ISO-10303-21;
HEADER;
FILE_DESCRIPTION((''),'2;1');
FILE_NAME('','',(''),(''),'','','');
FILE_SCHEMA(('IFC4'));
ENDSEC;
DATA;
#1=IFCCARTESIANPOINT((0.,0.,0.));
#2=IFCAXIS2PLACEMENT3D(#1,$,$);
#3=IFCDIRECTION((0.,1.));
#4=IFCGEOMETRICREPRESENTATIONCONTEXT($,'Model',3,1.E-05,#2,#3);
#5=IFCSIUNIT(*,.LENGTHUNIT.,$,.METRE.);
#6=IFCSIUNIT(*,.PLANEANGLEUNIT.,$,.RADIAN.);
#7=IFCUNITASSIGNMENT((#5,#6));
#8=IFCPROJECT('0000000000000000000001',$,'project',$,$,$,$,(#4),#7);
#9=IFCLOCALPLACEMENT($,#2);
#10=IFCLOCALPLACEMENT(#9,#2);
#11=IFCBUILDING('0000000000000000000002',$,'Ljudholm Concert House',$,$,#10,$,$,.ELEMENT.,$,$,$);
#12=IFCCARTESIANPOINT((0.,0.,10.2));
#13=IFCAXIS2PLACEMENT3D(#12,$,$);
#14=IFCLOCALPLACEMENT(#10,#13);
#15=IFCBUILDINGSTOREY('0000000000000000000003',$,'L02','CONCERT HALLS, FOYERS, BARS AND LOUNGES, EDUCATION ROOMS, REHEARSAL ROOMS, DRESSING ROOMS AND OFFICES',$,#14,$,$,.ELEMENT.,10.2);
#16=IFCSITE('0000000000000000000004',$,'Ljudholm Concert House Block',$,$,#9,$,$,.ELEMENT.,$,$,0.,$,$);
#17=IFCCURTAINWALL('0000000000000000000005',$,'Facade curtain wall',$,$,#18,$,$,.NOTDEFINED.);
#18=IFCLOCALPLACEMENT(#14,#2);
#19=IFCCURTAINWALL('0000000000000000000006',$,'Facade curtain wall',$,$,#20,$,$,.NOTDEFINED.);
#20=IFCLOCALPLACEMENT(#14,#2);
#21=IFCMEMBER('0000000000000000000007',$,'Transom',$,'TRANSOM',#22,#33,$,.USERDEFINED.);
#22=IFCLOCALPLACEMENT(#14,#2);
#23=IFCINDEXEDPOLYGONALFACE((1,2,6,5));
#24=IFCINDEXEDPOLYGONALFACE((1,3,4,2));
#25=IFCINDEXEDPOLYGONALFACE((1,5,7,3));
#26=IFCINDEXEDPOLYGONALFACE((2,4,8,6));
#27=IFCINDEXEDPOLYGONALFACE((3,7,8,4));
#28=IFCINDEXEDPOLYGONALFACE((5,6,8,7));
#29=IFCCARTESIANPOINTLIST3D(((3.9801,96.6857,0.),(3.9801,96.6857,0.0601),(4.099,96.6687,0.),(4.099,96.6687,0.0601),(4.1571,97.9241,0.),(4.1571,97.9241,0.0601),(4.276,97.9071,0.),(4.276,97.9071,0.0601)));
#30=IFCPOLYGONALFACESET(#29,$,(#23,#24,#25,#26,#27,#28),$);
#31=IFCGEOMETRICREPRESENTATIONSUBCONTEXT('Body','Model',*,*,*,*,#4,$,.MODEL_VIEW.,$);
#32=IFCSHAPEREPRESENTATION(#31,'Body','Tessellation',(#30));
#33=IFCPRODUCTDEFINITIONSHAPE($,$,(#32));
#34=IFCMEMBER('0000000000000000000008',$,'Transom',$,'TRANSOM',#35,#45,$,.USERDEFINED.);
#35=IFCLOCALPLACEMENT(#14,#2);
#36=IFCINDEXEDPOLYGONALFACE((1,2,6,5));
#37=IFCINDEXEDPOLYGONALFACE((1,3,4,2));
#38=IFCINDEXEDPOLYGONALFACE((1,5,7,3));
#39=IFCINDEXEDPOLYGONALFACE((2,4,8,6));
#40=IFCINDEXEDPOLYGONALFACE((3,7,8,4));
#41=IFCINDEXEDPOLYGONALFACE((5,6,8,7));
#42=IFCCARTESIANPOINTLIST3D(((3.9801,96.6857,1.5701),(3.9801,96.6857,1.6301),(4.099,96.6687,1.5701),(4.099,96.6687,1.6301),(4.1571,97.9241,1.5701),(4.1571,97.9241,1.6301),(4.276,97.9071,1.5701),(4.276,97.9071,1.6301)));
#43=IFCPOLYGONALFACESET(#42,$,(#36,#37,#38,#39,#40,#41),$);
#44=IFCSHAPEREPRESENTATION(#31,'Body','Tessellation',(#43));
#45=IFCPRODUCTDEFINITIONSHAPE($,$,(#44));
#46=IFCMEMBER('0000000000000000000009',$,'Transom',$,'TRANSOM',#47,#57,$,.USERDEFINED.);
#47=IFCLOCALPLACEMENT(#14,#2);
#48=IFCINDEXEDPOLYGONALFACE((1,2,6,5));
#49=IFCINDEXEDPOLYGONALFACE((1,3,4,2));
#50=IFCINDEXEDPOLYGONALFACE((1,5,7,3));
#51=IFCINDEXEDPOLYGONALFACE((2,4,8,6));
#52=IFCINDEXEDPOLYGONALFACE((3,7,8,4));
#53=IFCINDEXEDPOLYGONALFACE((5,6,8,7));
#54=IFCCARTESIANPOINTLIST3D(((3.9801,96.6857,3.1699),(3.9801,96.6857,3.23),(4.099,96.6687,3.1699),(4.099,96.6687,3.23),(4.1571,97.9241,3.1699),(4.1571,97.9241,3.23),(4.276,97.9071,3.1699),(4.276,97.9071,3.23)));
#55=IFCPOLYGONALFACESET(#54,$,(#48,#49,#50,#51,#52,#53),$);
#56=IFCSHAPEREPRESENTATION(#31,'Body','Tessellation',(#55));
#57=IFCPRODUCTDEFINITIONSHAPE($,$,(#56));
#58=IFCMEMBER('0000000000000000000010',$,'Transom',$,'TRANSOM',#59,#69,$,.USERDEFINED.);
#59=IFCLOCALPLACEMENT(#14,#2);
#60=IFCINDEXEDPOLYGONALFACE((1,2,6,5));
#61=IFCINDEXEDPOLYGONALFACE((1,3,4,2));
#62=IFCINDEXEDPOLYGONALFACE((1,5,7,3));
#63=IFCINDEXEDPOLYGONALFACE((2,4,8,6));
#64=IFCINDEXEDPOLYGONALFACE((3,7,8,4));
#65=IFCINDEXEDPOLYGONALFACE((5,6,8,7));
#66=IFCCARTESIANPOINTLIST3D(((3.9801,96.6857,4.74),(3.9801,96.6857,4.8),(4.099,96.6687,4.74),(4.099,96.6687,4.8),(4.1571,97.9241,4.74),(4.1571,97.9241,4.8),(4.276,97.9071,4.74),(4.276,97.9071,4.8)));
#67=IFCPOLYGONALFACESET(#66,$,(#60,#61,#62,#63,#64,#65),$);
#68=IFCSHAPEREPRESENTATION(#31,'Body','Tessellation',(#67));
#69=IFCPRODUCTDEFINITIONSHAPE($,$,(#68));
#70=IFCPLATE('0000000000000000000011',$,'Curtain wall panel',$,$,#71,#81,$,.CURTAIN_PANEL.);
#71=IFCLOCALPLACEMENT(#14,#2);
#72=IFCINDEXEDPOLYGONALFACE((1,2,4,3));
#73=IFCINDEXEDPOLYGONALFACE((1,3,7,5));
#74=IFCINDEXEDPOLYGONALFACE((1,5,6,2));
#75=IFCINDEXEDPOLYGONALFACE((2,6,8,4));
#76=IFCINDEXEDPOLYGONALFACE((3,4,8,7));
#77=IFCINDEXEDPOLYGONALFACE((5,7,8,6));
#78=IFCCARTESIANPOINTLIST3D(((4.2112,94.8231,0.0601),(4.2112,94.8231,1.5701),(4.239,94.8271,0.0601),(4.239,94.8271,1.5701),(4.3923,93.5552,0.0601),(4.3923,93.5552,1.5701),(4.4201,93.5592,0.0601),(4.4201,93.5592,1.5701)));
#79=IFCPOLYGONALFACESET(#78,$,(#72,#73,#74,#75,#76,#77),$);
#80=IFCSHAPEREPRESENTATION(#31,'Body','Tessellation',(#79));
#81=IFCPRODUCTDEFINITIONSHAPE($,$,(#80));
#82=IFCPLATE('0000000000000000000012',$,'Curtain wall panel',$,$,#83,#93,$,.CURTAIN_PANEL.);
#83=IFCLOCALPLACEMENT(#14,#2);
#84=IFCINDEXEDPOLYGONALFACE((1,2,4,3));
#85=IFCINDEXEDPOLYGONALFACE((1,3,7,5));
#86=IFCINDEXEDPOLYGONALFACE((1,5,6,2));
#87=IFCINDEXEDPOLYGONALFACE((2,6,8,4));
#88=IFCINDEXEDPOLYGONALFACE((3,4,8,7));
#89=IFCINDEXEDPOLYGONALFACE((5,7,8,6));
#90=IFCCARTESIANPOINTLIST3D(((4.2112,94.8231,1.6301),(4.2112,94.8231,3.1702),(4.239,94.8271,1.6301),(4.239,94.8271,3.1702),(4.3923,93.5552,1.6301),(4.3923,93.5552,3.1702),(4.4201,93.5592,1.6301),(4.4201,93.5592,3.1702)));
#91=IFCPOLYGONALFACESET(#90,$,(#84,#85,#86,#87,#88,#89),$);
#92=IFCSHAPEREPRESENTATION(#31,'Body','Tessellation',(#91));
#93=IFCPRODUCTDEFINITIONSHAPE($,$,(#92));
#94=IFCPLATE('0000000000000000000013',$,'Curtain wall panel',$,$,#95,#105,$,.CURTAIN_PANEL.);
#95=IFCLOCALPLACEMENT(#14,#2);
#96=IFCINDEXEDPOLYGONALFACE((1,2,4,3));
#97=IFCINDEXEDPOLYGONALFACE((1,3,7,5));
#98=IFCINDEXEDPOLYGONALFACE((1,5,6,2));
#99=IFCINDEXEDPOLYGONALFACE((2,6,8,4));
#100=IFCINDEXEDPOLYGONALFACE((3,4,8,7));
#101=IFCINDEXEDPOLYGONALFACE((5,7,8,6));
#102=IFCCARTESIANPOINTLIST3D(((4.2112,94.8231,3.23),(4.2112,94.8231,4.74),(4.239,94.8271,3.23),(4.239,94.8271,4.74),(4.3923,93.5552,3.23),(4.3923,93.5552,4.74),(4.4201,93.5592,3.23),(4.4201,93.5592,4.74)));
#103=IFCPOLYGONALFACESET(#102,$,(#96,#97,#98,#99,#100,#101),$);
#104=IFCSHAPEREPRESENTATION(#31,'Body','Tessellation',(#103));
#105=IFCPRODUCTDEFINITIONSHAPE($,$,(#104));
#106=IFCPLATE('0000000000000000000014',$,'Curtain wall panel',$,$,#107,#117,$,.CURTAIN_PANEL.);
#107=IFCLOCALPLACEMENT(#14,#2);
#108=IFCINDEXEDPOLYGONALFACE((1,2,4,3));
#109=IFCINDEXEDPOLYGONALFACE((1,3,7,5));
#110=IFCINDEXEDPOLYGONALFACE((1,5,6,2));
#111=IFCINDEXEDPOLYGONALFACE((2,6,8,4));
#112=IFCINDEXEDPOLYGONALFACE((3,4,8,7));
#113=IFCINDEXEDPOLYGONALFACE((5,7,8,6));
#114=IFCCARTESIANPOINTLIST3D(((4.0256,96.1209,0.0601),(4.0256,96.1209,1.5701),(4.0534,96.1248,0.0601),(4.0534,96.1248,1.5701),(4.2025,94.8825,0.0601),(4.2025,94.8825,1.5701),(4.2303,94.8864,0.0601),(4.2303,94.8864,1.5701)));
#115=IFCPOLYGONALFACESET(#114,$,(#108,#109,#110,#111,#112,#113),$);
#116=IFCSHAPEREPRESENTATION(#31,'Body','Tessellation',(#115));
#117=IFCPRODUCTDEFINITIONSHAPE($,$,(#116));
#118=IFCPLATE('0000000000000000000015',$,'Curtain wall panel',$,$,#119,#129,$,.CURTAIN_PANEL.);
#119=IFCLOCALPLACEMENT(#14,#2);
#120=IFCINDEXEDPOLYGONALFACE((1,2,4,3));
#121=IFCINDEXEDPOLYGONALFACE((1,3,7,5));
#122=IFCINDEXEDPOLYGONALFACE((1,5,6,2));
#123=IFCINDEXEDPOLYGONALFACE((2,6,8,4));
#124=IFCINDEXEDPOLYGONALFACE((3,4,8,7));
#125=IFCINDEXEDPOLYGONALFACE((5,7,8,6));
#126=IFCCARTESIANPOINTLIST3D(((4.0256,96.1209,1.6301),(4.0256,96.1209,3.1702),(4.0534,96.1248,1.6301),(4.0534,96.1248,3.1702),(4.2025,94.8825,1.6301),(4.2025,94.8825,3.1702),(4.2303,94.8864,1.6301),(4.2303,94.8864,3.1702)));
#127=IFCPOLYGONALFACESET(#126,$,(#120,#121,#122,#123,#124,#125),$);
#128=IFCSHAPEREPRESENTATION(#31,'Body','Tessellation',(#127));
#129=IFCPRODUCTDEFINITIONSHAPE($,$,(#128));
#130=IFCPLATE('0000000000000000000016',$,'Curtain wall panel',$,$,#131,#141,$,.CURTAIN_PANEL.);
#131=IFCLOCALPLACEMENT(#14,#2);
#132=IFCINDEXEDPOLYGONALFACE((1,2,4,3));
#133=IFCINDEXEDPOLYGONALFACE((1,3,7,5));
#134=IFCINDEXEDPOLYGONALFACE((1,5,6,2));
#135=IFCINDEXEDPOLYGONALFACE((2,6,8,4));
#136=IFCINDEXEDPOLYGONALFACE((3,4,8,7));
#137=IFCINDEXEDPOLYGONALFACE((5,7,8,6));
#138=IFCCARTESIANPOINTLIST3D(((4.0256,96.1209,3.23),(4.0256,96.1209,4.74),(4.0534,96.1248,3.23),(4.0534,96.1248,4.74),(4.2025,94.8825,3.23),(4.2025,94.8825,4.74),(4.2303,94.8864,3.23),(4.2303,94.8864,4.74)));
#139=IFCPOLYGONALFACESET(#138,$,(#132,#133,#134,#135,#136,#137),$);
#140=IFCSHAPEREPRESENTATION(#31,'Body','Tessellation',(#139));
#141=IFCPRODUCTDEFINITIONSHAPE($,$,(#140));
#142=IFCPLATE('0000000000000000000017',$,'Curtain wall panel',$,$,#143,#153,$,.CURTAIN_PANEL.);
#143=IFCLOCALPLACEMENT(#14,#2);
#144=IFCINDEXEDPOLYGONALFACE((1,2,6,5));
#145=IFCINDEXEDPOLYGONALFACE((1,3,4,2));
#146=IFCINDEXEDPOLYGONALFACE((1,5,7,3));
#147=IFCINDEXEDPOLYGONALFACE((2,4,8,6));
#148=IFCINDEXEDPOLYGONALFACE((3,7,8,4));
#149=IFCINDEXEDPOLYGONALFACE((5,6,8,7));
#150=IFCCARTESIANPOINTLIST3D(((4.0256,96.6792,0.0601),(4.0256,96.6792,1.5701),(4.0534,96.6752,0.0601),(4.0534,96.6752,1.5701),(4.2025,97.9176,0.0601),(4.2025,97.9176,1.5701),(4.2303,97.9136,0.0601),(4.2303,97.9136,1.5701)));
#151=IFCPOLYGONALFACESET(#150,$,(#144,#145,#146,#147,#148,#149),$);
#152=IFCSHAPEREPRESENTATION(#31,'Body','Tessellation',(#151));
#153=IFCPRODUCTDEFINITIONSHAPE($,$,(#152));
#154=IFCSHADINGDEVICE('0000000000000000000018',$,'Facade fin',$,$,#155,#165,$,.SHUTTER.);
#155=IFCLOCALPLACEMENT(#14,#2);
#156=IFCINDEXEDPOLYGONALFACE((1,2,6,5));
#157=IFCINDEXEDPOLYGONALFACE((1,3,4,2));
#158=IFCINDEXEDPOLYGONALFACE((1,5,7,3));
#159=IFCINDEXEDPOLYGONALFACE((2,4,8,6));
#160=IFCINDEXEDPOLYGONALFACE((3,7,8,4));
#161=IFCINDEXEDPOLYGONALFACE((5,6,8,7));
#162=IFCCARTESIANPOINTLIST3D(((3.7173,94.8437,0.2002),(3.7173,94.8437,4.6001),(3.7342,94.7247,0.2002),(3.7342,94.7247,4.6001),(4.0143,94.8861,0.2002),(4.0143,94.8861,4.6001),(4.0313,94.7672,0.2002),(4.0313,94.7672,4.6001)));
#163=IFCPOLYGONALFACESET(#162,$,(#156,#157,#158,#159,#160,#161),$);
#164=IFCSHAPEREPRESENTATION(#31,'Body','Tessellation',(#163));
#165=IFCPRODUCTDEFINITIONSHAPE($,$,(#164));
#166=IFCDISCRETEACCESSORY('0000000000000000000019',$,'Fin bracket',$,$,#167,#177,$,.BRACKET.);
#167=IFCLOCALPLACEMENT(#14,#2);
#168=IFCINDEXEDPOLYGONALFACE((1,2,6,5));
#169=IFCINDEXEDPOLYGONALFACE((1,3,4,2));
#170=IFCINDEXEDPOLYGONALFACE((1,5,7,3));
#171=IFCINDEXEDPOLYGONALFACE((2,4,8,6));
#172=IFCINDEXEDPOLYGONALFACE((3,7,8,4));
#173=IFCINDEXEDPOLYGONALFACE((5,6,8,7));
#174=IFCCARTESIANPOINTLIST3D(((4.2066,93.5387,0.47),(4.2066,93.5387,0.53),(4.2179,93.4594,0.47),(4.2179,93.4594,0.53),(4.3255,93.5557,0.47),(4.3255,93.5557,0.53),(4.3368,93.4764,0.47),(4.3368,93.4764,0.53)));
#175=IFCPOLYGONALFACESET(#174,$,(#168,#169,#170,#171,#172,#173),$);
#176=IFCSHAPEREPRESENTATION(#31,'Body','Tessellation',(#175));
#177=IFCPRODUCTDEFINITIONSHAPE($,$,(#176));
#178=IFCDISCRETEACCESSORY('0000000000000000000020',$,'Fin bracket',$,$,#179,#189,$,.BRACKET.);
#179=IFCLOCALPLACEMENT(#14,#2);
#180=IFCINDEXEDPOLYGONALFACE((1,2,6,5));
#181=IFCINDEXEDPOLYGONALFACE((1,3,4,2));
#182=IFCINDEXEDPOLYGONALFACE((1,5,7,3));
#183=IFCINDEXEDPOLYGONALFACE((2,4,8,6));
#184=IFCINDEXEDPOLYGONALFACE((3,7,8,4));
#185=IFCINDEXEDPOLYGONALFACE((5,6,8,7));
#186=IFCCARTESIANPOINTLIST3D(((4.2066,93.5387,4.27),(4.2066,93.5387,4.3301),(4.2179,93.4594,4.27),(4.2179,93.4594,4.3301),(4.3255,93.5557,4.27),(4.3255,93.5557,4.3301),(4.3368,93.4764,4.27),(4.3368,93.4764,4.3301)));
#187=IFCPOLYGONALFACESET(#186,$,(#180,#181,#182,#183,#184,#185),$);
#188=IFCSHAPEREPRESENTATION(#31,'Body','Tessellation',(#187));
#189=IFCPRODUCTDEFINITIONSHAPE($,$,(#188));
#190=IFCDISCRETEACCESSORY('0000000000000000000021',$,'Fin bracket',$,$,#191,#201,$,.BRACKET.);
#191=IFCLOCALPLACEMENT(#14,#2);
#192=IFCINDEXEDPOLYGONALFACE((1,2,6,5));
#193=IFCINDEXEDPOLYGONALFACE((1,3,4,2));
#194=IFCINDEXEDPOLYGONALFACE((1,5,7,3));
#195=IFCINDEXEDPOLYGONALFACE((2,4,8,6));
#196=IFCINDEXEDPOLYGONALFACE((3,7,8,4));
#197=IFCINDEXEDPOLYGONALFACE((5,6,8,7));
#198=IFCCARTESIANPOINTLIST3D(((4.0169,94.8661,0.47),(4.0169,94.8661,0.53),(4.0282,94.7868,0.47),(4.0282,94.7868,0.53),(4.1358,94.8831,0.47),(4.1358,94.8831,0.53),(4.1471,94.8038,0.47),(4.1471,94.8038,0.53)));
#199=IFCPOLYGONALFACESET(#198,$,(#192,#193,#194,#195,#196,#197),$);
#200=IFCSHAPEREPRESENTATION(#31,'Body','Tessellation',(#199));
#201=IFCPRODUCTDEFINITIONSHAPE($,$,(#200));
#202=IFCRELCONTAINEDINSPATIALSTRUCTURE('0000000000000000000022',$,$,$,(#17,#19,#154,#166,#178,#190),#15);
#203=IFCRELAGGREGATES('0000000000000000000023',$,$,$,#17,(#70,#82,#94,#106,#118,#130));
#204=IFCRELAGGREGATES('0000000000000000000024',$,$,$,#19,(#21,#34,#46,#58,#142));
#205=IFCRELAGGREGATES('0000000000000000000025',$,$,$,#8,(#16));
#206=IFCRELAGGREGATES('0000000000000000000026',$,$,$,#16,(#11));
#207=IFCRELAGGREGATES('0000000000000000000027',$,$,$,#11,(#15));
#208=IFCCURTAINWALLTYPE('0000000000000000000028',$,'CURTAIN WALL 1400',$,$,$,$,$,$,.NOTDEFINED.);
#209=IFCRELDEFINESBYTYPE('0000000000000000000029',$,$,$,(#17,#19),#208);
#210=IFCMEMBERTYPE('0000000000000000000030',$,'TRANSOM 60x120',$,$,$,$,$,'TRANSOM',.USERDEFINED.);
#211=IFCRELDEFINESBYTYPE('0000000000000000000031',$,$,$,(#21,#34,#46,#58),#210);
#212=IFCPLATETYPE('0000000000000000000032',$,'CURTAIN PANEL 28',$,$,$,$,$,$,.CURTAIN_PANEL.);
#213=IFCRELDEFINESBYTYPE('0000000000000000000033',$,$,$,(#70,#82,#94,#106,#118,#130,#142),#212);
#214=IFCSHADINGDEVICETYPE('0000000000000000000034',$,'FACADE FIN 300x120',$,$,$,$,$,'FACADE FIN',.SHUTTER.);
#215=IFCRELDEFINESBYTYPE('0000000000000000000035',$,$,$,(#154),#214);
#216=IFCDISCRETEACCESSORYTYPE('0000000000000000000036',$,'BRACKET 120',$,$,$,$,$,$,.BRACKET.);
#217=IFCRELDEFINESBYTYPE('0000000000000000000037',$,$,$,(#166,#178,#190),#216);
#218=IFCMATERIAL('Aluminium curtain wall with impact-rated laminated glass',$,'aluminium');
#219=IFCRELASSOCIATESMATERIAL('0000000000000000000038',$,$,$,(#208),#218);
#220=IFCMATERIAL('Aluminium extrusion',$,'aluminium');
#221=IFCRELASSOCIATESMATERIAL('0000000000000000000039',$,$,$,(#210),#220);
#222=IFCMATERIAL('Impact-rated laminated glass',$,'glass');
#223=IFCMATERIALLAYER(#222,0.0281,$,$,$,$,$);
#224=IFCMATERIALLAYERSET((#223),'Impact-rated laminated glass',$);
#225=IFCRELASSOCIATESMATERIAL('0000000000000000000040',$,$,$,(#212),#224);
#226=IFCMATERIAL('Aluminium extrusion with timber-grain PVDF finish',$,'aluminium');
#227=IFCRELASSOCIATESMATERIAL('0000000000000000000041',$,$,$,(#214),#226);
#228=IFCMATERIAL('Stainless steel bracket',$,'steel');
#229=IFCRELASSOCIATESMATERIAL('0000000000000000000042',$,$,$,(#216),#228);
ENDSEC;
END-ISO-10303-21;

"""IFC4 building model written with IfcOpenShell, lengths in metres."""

from ifc_helpers import new_model, si_unit, direction, frame, origin, origin_2d, place, context, subcontext, project, spatial, rectangle, extrude, material, layer, layer_set, material_profile, profile_set, type_object, element, aggregate, save


model = new_model("IFC4")

# Units and contexts
model_context = context("Model", 3, precision=1e-05, world=origin(), true_north=direction((0.0, 1.0)))
body_context = subcontext(model_context, "Body", "Model", "MODEL_VIEW")
ifc_project = project(units=[si_unit("LENGTHUNIT", "METRE"), si_unit("PLANEANGLEUNIT", "RADIAN")], contexts=[model_context])

# Site, building, storey
site_placement = place(None, origin())
site = spatial("IfcSite", under=ifc_project, at=site_placement, Name="Ljudholm Concert House Block", CompositionType="ELEMENT", RefElevation=0.0)
building_placement = place(site_placement, origin())
building = spatial("IfcBuilding", under=site, at=building_placement, Name="Ljudholm Concert House", CompositionType="ELEMENT")
storey_placement = place(building_placement, frame((0.0, 0.0, 10.2)))
storey = spatial("IfcBuildingStorey", under=building, at=storey_placement, Name="L02", Description="CONCERT HALLS, FOYERS, BARS AND LOUNGES, EDUCATION ROOMS, REHEARSAL ROOMS, DRESSING ROOMS AND OFFICES", CompositionType="ELEMENT", Elevation=10.2)

# Curtain wall
ifc_material_1 = material(Name="Aluminium curtain wall with impact-rated laminated glass", Category="aluminium")
curtain_wall_type = type_object("IfcCurtainWallType", Name="CURTAIN WALL 1400", PredefinedType="NOTDEFINED", material=ifc_material_1)
curtain_wall_1_placement = place(storey_placement, origin())
curtain_wall_1 = element("IfcCurtainWall", 1, at=curtain_wall_1_placement, inside=storey, type_object=curtain_wall_type, Name="Facade curtain wall", PredefinedType="NOTDEFINED")

# Curtain wall
curtain_wall_2_placement = place(storey_placement, origin())
curtain_wall_2 = element("IfcCurtainWall", 2, at=curtain_wall_2_placement, inside=storey, type_object=curtain_wall_type, Name="Facade curtain wall", PredefinedType="NOTDEFINED")

# Members
ifc_material_2 = material(Name="Aluminium extrusion", Category="aluminium")
ifc_material_profile_1 = material_profile(ifc_material_2, rectangle(XDim=0.1201, YDim=0.0601, at=origin_2d()), Name="TRANSOM 60x120")
ifc_profile_set_1 = profile_set([ifc_material_profile_1], Name="Aluminium extrusion")
member_type_1 = type_object("IfcMemberType", Name="TRANSOM 60x120", ElementType="TRANSOM", PredefinedType="USERDEFINED", material=ifc_profile_set_1)
member_1_placement = place(storey_placement, frame((4.0396, 96.6772, 0.03), z_axis=(0.141503, 0.989938, 0.0), x_axis=(-0.989938, 0.141503, 0.0)))
member_1 = element("IfcMember", 3, at=member_1_placement, type_object=member_type_1, Name="Transom", ObjectType="TRANSOM", PredefinedType="USERDEFINED", context=body_context, shape_type="SweptSolid", body=[
    extrude(rectangle(XDim=0.1201, YDim=0.0601, at=origin_2d()), origin(), (0.0, 0.0, 1.0), 1.251),
])
member_2_placement = place(storey_placement, frame((4.0396, 96.6772, 1.6001), z_axis=(0.141503, 0.989938, 0.0), x_axis=(-0.989938, 0.141503, 0.0)))
member_2 = element("IfcMember", 4, at=member_2_placement, type_object=member_type_1, Name="Transom", ObjectType="TRANSOM", PredefinedType="USERDEFINED", context=body_context, shape_type="SweptSolid", body=[
    extrude(rectangle(XDim=0.1201, YDim=0.0601, at=origin_2d()), origin(), (0.0, 0.0, 1.0), 1.251),
])
member_3_placement = place(storey_placement, frame((4.0396, 96.6772, 3.2), z_axis=(0.141503, 0.989938, 0.0), x_axis=(-0.989938, 0.141503, 0.0)))
member_3 = element("IfcMember", 5, at=member_3_placement, type_object=member_type_1, Name="Transom", ObjectType="TRANSOM", PredefinedType="USERDEFINED", context=body_context, shape_type="SweptSolid", body=[
    extrude(rectangle(XDim=0.1201, YDim=0.0601, at=origin_2d()), origin(), (0.0, 0.0, 1.0), 1.251),
])
member_4_placement = place(storey_placement, frame((4.0396, 96.6772, 4.77), z_axis=(0.141503, 0.989938, 0.0), x_axis=(-0.989938, 0.141503, 0.0)))
member_4 = element("IfcMember", 6, at=member_4_placement, type_object=member_type_1, Name="Transom", ObjectType="TRANSOM", PredefinedType="USERDEFINED", context=body_context, shape_type="SweptSolid", body=[
    extrude(rectangle(XDim=0.1201, YDim=0.0601, at=origin_2d()), origin(), (0.0, 0.0, 1.0), 1.251),
])

# Plates
ifc_material_3 = material(Name="Impact-rated laminated glass", Category="glass")
ifc_layer = layer(ifc_material_3, 0.0281)
ifc_layer_set = layer_set([ifc_layer], Name="Impact-rated laminated glass")
plate_type = type_object("IfcPlateType", Name="CURTAIN PANEL 28", PredefinedType="CURTAIN_PANEL", material=ifc_layer_set)
plate_1_placement = place(storey_placement, frame((4.3157, 94.1912, 0.0601), z_axis=(0.0, 0.0, 1.0), x_axis=(-0.141421, 0.989949, 0.0)))
plate_1 = element("IfcPlate", 7, at=plate_1_placement, type_object=plate_type, Name="Curtain wall panel", PredefinedType="CURTAIN_PANEL", context=body_context, shape_type="SweptSolid", body=[
    extrude(rectangle(XDim=1.2808, YDim=0.0281, at=origin_2d()), origin(), (0.0, 0.0, 1.0), 1.51),
])
plate_2_placement = place(storey_placement, frame((4.3157, 94.1912, 1.6301), z_axis=(0.0, 0.0, 1.0), x_axis=(-0.141421, 0.989949, 0.0)))
plate_2 = element("IfcPlate", 8, at=plate_2_placement, type_object=plate_type, Name="Curtain wall panel", PredefinedType="CURTAIN_PANEL", context=body_context, shape_type="SweptSolid", body=[
    extrude(rectangle(XDim=1.2808, YDim=0.0281, at=origin_2d()), origin(), (0.0, 0.0, 1.0), 1.54),
])
plate_3_placement = place(storey_placement, frame((4.3157, 94.1912, 3.23), z_axis=(0.0, 0.0, 1.0), x_axis=(-0.141421, 0.989949, 0.0)))
plate_3 = element("IfcPlate", 9, at=plate_3_placement, type_object=plate_type, Name="Curtain wall panel", PredefinedType="CURTAIN_PANEL", context=body_context, shape_type="SweptSolid", body=[
    extrude(rectangle(XDim=1.2808, YDim=0.0281, at=origin_2d()), origin(), (0.0, 0.0, 1.0), 1.51),
])
plate_4_placement = place(storey_placement, frame((4.1279, 95.5037, 0.0601), z_axis=(0.0, 0.0, 1.0), x_axis=(-0.141421, 0.989949, 0.0)))
plate_4 = element("IfcPlate", 10, at=plate_4_placement, type_object=plate_type, Name="Curtain wall panel", PredefinedType="CURTAIN_PANEL", context=body_context, shape_type="SweptSolid", body=[
    extrude(rectangle(XDim=1.251, YDim=0.0281, at=origin_2d()), origin(), (0.0, 0.0, 1.0), 1.51),
])
plate_5_placement = place(storey_placement, frame((4.1279, 95.5037, 1.6301), z_axis=(0.0, 0.0, 1.0), x_axis=(-0.141421, 0.989949, 0.0)))
plate_5 = element("IfcPlate", 11, at=plate_5_placement, type_object=plate_type, Name="Curtain wall panel", PredefinedType="CURTAIN_PANEL", context=body_context, shape_type="SweptSolid", body=[
    extrude(rectangle(XDim=1.251, YDim=0.0281, at=origin_2d()), origin(), (0.0, 0.0, 1.0), 1.54),
])
plate_6_placement = place(storey_placement, frame((4.1279, 95.5037, 3.23), z_axis=(0.0, 0.0, 1.0), x_axis=(-0.141421, 0.989949, 0.0)))
plate_6 = element("IfcPlate", 12, at=plate_6_placement, type_object=plate_type, Name="Curtain wall panel", PredefinedType="CURTAIN_PANEL", context=body_context, shape_type="SweptSolid", body=[
    extrude(rectangle(XDim=1.251, YDim=0.0281, at=origin_2d()), origin(), (0.0, 0.0, 1.0), 1.51),
])
aggregate(curtain_wall_1, [plate_1, plate_2, plate_3, plate_4, plate_5, plate_6])
plate_7_placement = place(storey_placement, frame((4.1279, 97.2964, 0.0601), z_axis=(0.0, 0.0, 1.0), x_axis=(0.141421, 0.989949, 0.0)))
plate_7 = element("IfcPlate", 13, at=plate_7_placement, type_object=plate_type, Name="Curtain wall panel", PredefinedType="CURTAIN_PANEL", context=body_context, shape_type="SweptSolid", body=[
    extrude(rectangle(XDim=1.251, YDim=0.0281, at=origin_2d()), origin(), (0.0, 0.0, 1.0), 1.51),
])
aggregate(curtain_wall_2, [member_1, member_2, member_3, member_4, plate_7])

# Shading device
ifc_material_4 = material(Name="Aluminium extrusion with timber-grain PVDF finish", Category="aluminium")
shading_device_type = type_object("IfcShadingDeviceType", Name="FACADE FIN 300x120", ElementType="FACADE FIN", PredefinedType="SHUTTER", material=ifc_material_4)
shading_device_placement = place(storey_placement, frame((3.8743, 94.8054, 0.2002), z_axis=(0.0, 0.0, 1.0), x_axis=(-0.989949, -0.141421, 0.0)))
element("IfcShadingDevice", 14, at=shading_device_placement, inside=storey, type_object=shading_device_type, Name="Facade fin", PredefinedType="SHUTTER", context=body_context, shape_type="SweptSolid", body=[
    extrude(rectangle(XDim=0.3, YDim=0.1201, at=origin_2d()), origin(), (0.0, 0.0, 1.0), 4.3999),
])

# Discrete accessories
ifc_material_5 = material(Name="Stainless steel bracket", Category="steel")
discrete_accessory_type = type_object("IfcDiscreteAccessoryType", Name="BRACKET 120", PredefinedType="BRACKET", material=ifc_material_5)
for number, where, z_axis, x_axis, name in (
    (15, (4.2717, 93.5076, 0.47), (0.0, 0.0, 1.0), (-0.989949, -0.141421, 0.0), "Fin bracket"),
    (16, (4.2717, 93.5076, 4.27), (0.0, 0.0, 1.0), (-0.989949, -0.141421, 0.0), "Fin bracket"),
    (17, (4.082, 94.835, 0.47), (0.0, 0.0, 1.0), (-0.989949, -0.141421, 0.0), "Fin bracket"),
):
    element("IfcDiscreteAccessory", number, at=place(storey_placement, frame(where, z_axis=z_axis, x_axis=x_axis)), inside=storey, type_object=discrete_accessory_type, Name=name, PredefinedType="BRACKET", context=body_context, shape_type="SweptSolid", body=[
        extrude(rectangle(XDim=0.1201, YDim=0.0801, at=origin_2d()), origin(), (0.0, 0.0, 1.0), 0.0601),
    ])

save(model, "model.ifc")
